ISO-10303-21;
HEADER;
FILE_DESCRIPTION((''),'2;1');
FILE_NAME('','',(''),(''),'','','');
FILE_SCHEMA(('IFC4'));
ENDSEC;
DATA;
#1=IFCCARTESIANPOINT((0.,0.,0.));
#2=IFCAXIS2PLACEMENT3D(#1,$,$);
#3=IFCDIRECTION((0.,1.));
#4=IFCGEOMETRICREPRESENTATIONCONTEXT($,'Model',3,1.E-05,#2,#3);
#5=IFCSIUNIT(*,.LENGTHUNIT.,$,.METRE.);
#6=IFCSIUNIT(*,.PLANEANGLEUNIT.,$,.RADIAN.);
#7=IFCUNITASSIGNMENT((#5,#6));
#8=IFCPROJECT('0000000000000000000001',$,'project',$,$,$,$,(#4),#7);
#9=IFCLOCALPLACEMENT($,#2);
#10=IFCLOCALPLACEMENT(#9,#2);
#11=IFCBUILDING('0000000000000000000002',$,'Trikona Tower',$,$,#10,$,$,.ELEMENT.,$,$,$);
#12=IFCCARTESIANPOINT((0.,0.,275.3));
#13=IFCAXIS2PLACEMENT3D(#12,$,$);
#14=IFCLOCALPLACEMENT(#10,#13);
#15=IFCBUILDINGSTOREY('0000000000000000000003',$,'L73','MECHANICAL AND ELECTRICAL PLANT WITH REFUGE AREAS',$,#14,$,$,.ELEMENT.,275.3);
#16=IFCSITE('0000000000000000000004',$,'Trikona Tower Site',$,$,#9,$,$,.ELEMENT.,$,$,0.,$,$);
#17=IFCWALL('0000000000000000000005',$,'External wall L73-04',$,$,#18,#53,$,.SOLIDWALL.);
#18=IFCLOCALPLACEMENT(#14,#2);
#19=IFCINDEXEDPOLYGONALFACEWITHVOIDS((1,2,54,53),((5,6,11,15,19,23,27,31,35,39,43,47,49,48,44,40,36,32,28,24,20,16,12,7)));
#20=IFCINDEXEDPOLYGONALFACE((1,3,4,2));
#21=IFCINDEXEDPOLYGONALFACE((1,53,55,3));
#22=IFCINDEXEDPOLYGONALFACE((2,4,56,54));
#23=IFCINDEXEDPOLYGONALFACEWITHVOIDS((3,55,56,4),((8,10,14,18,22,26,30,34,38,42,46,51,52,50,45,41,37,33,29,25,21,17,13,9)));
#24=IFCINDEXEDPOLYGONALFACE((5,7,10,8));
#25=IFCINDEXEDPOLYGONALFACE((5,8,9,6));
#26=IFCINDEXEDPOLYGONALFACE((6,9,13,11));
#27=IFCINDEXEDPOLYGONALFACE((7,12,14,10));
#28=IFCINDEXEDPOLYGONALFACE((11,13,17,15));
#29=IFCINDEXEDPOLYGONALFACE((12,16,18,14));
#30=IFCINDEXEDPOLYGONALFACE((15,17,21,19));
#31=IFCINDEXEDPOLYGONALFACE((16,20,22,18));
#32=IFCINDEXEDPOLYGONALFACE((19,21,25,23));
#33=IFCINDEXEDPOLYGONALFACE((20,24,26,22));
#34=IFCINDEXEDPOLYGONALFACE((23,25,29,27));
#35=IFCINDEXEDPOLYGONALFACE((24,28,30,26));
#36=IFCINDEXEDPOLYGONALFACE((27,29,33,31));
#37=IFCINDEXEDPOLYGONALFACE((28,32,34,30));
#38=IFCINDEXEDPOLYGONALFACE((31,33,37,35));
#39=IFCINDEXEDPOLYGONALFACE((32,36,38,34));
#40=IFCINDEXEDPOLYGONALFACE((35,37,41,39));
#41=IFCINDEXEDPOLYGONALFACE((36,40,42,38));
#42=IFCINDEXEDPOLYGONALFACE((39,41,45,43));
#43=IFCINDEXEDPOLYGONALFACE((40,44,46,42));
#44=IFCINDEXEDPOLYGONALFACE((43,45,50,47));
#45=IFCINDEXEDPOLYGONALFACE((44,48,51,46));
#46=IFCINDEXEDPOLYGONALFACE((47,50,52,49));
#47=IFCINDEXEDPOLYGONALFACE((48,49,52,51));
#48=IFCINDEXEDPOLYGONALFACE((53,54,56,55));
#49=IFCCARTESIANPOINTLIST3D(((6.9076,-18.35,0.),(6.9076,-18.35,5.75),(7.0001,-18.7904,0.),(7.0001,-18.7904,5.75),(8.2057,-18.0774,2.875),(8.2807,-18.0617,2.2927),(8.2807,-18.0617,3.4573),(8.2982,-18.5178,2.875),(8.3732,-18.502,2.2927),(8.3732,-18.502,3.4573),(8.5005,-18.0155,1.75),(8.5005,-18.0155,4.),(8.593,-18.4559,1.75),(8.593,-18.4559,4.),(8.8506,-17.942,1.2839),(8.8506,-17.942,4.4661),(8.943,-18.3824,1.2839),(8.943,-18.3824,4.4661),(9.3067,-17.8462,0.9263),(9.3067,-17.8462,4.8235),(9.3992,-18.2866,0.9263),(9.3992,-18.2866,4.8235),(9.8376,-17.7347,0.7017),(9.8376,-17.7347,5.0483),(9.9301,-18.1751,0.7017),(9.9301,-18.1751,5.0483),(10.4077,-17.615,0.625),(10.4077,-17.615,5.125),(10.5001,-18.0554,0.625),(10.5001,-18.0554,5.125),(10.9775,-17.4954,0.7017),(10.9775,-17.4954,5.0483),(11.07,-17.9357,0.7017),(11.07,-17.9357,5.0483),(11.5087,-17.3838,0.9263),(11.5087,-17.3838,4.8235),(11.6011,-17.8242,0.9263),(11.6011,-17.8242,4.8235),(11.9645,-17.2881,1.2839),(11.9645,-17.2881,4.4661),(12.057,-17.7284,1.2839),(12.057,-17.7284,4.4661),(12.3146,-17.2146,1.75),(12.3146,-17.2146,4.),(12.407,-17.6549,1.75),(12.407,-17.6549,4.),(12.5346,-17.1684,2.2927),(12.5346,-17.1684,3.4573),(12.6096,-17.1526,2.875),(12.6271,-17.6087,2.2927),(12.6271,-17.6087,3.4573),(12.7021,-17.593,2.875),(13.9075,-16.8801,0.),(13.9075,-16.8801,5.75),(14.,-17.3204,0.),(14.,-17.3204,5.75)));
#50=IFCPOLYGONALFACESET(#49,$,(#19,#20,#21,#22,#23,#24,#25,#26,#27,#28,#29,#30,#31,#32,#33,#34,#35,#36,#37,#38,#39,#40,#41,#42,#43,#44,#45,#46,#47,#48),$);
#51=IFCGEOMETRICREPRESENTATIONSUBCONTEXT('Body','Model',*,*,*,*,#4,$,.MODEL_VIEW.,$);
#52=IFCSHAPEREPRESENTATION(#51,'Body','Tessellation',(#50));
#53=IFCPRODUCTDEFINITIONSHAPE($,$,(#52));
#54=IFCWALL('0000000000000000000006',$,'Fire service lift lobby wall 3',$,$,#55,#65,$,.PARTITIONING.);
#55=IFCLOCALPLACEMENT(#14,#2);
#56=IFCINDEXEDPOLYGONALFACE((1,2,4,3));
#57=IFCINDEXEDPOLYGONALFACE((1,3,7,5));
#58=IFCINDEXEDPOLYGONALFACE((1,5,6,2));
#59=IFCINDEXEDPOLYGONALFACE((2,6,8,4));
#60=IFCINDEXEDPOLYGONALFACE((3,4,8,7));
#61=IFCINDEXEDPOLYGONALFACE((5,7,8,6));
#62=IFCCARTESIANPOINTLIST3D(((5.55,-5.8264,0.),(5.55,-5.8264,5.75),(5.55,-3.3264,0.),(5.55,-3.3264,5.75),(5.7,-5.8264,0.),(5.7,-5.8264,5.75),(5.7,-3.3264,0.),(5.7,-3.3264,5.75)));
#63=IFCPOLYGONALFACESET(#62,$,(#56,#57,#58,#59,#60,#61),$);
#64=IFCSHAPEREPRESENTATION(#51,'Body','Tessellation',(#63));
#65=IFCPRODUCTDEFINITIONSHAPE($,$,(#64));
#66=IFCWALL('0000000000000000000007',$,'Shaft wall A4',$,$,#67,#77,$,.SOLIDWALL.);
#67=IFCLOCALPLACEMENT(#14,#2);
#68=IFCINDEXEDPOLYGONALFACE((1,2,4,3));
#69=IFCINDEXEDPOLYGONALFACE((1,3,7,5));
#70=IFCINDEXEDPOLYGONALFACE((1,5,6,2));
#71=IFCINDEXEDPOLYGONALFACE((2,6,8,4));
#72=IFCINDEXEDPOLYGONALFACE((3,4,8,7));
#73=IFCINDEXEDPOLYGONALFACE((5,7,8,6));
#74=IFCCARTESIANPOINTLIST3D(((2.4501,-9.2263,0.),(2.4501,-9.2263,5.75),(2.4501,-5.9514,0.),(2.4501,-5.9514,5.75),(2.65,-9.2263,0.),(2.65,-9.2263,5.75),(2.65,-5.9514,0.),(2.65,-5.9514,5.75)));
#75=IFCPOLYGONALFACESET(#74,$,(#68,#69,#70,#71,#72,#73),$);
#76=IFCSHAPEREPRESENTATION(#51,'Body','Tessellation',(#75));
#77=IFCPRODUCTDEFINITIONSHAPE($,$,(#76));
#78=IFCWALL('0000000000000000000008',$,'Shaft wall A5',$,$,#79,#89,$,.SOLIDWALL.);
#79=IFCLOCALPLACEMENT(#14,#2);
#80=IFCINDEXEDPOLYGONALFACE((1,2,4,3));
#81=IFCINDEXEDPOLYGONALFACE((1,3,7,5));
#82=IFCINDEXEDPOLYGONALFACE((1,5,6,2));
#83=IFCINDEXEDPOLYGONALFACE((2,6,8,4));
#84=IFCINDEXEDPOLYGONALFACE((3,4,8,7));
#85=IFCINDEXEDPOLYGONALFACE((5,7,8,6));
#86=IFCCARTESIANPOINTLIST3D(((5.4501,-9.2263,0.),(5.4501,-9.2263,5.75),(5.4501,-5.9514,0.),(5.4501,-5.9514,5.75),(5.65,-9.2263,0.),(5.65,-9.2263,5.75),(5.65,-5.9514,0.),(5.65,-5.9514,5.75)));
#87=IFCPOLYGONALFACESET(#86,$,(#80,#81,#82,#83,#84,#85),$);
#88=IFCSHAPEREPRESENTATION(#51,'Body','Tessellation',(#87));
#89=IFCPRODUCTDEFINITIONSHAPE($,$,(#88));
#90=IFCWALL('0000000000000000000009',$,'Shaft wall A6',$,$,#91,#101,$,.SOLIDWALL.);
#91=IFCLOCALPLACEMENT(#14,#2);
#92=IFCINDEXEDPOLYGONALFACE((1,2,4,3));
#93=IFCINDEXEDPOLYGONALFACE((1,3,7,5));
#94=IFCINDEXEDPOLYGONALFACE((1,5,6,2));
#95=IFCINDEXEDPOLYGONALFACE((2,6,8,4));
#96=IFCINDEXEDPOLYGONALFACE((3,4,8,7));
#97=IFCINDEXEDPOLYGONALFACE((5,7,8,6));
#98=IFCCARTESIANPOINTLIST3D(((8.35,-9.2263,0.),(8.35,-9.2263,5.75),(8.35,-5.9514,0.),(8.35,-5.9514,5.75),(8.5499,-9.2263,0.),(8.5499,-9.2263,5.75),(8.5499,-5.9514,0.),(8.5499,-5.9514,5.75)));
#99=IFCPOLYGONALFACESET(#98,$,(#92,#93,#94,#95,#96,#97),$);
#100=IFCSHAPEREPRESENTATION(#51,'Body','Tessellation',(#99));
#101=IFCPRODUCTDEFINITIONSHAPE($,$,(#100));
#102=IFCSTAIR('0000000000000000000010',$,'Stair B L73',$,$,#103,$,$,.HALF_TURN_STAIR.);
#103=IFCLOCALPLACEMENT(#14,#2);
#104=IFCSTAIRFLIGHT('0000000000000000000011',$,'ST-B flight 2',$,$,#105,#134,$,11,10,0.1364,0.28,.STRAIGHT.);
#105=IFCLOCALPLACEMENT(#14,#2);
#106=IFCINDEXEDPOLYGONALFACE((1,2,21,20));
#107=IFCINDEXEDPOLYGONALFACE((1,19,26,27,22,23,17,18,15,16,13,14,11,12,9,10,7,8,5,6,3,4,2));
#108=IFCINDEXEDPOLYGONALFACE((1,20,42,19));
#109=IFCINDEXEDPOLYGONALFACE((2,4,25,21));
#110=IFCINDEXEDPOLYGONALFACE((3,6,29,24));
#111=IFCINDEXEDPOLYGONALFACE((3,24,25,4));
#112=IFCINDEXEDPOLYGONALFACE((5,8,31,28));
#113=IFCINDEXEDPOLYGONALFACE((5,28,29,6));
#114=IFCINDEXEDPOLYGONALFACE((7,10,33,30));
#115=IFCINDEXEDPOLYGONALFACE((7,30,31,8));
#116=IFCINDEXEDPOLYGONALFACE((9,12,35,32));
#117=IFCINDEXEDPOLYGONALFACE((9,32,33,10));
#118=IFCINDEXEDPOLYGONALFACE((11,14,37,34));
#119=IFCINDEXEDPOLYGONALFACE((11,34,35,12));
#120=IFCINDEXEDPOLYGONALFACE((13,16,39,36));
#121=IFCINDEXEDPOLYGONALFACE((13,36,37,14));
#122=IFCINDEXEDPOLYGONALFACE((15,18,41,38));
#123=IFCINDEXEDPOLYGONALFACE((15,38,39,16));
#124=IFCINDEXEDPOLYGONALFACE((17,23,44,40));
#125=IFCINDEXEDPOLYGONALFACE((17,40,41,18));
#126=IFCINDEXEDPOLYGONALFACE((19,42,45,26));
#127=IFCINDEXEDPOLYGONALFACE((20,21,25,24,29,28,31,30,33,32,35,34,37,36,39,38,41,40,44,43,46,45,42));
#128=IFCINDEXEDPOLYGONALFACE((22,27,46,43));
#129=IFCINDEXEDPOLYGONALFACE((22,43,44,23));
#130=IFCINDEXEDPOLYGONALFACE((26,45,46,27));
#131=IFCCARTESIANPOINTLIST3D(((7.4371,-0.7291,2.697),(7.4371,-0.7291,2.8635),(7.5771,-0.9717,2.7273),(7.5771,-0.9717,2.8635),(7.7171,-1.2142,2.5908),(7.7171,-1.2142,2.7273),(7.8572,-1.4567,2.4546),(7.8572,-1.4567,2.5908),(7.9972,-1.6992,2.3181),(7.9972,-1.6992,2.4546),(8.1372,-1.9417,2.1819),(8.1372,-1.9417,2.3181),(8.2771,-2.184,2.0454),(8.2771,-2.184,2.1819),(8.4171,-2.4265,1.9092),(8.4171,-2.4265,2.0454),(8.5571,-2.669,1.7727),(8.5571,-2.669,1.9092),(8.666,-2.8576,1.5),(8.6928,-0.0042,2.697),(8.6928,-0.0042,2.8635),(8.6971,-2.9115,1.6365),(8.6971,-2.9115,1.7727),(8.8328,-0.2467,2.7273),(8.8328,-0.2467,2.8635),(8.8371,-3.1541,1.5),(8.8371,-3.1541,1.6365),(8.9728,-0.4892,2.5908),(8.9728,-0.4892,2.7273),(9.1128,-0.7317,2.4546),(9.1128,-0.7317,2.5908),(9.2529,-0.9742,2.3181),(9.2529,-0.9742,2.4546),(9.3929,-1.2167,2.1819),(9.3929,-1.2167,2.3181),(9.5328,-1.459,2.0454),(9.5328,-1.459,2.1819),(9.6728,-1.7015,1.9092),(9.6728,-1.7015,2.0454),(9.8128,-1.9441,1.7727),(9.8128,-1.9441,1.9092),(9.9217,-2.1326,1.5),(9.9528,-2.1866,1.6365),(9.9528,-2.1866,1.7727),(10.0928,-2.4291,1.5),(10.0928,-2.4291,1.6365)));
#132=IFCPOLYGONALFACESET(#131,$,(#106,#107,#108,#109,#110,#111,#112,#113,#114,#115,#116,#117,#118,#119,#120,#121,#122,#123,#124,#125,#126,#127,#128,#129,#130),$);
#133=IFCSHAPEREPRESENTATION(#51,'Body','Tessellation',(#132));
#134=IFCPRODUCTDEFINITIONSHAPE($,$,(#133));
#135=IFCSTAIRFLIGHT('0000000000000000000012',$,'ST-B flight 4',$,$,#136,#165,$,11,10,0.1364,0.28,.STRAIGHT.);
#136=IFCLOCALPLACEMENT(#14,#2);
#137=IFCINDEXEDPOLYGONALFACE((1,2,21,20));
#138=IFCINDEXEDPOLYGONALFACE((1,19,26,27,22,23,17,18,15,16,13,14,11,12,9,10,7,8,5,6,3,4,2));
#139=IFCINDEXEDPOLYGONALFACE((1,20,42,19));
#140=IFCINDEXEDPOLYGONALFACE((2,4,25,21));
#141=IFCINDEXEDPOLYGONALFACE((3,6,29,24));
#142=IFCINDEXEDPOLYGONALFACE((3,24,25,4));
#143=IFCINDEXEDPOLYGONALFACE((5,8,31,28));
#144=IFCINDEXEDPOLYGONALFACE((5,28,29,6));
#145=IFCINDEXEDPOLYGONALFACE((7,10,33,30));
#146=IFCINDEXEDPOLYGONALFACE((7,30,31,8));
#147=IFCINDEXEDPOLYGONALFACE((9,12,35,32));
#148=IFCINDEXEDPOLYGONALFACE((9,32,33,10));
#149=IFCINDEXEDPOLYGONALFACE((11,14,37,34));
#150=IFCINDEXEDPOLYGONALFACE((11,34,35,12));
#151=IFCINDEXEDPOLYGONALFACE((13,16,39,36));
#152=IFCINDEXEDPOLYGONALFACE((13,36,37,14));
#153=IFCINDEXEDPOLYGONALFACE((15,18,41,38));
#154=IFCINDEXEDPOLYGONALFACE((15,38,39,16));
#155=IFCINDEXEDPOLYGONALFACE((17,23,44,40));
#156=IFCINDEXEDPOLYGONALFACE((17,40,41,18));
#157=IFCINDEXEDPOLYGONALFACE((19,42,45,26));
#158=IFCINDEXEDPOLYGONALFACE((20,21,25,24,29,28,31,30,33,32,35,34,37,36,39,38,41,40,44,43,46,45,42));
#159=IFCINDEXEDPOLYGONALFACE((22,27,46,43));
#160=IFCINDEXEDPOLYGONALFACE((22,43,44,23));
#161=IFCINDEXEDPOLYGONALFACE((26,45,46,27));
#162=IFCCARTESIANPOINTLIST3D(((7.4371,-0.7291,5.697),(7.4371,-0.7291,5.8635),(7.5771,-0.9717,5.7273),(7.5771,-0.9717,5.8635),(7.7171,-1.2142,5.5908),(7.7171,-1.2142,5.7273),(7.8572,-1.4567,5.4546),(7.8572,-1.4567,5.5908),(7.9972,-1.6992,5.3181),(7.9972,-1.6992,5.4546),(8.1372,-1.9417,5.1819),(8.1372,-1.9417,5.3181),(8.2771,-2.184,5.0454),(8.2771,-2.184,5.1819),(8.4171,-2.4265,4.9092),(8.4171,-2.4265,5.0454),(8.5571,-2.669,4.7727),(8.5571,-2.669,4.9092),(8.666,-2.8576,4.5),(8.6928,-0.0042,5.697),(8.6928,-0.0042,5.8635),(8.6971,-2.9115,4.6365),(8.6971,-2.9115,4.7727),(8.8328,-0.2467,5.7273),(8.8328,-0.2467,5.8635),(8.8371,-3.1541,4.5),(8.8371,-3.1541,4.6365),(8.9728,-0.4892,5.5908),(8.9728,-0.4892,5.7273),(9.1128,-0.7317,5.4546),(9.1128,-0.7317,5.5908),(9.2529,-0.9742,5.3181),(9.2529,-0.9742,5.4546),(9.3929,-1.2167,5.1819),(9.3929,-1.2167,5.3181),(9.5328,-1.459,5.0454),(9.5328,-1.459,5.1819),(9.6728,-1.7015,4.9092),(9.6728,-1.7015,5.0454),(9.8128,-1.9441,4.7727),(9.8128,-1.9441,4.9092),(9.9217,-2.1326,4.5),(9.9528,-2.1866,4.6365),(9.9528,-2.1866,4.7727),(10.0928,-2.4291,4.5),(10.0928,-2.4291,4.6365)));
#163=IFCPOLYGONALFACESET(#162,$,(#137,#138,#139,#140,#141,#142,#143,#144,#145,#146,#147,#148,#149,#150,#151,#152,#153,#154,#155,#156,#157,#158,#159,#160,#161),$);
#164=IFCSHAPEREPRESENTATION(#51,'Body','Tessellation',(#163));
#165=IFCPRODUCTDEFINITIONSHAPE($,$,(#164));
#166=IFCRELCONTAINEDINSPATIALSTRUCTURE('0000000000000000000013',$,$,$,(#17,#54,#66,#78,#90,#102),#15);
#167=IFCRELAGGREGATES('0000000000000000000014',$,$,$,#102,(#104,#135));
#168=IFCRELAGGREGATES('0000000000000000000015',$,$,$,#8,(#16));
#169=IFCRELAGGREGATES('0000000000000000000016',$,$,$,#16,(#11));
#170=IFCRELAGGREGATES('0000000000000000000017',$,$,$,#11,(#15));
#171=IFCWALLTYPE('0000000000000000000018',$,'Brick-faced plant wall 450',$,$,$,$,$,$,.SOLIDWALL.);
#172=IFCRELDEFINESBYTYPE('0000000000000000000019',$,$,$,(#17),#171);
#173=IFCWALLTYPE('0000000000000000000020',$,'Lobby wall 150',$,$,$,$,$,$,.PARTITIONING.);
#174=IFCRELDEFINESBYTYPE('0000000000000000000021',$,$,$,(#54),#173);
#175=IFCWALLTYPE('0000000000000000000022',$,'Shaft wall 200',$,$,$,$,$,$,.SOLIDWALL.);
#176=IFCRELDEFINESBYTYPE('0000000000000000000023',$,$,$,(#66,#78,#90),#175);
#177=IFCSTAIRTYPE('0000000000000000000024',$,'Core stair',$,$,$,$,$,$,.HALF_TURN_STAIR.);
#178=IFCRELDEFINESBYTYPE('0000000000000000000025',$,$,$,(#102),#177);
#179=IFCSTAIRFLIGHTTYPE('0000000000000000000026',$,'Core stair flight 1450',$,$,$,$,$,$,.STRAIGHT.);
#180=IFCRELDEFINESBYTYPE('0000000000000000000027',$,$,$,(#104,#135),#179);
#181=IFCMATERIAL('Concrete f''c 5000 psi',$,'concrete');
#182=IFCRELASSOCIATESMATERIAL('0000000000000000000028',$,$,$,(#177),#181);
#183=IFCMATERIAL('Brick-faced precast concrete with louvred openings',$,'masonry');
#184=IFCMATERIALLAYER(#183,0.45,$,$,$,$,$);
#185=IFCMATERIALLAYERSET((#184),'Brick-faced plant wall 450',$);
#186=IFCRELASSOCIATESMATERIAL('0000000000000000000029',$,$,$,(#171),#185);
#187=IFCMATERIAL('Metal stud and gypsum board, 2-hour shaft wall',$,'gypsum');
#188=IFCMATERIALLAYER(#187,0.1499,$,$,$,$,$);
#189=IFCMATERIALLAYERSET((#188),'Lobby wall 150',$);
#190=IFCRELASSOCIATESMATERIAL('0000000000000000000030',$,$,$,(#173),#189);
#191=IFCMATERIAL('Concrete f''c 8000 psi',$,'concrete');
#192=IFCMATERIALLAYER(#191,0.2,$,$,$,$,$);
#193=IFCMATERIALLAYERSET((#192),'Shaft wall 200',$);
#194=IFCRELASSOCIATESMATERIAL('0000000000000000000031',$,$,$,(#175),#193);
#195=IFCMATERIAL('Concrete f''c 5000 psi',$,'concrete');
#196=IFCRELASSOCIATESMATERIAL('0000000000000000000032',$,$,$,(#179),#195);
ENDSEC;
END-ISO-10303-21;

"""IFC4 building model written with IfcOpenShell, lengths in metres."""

from ifc_helpers import new_model, si_unit, direction, frame, frame_2d, origin, place, context, subcontext, project, spatial, polyline, rectangle, outline, extrude, material, layer, layer_set, type_object, element, aggregate, save


model = new_model("IFC4")

# Units and contexts
model_context = context("Model", 3, precision=1e-05, world=origin(), true_north=direction((0.0, 1.0)))
body_context = subcontext(model_context, "Body", "Model", "MODEL_VIEW")
ifc_project = project(units=[si_unit("LENGTHUNIT", "METRE"), si_unit("PLANEANGLEUNIT", "RADIAN")], contexts=[model_context])

# Site, building, storey
site_placement = place(None, origin())
site = spatial("IfcSite", under=ifc_project, at=site_placement, Name="Trikona Tower Site", CompositionType="ELEMENT", RefElevation=0.0)
building_placement = place(site_placement, origin())
building = spatial("IfcBuilding", under=site, at=building_placement, Name="Trikona Tower", CompositionType="ELEMENT")
storey_placement = place(building_placement, frame((0.0, 0.0, 275.3)))
storey = spatial("IfcBuildingStorey", under=building, at=storey_placement, Name="L73", Description="MECHANICAL AND ELECTRICAL PLANT WITH REFUGE AREAS", CompositionType="ELEMENT", Elevation=275.3)

# Shared definitions
ifc_material_1 = material(Name="Concrete f'c 5000 psi", Category="concrete")
stair_type = type_object("IfcStairType", Name="Core stair", PredefinedType="HALF_TURN_STAIR", material=ifc_material_1)

# Walls
ifc_material_2 = material(Name="Brick-faced precast concrete with louvred openings", Category="masonry")
ifc_layer_1 = layer(ifc_material_2, 0.45)
ifc_layer_set_1 = layer_set([ifc_layer_1], Name="Brick-faced plant wall 450")
wall_type_1 = type_object("IfcWallType", Name="Brick-faced plant wall 450", PredefinedType="SOLIDWALL", material=ifc_layer_set_1)
wall_1_placement = place(storey_placement, frame((6.9539, -18.5703, 0.0), z_axis=(0.0, 0.0, 1.0), x_axis=(0.978654, 0.205513, 0.0)))
element("IfcWall", 1, at=wall_1_placement, inside=storey, type_object=wall_type_1, Name="External wall L73-04", PredefinedType="SOLIDWALL", context=body_context, shape_type="SweptSolid", body=[
    extrude(outline(polyline([(0.0, 0.0), (7.1526, 0.0), (7.1526, 5.75), (0.0, 5.75), (0.0, 0.0)]), holes=[polyline([(5.8264, 2.875), (5.7498, 3.4573), (5.5249, 4.0), (5.1672, 4.4661), (4.7014, 4.8235), (4.1587, 5.0483), (3.5764, 5.125), (2.9939, 5.0483), (2.4514, 4.8235), (1.9854, 4.4661), (1.6277, 4.0), (1.4031, 3.4573), (1.3264, 2.875), (1.4031, 2.2927), (1.6277, 1.75), (1.9854, 1.2839), (2.4514, 0.9263), (2.9939, 0.7017), (3.5764, 0.625), (4.1587, 0.7017), (4.7014, 0.9263), (5.1672, 1.2839), (5.5249, 1.75), (5.7498, 2.2927), (5.8264, 2.875)])]), frame((0.0, 0.2251, 0.0), z_axis=(0.0, -1.0, 0.0), x_axis=(1.0, 0.0, 0.0)), (0.0, 0.0, 1.0), 0.45),
])
ifc_material_3 = material(Name="Metal stud and gypsum board, 2-hour shaft wall", Category="gypsum")
ifc_layer_2 = layer(ifc_material_3, 0.1499)
ifc_layer_set_2 = layer_set([ifc_layer_2], Name="Lobby wall 150")
wall_type_2 = type_object("IfcWallType", Name="Lobby wall 150", PredefinedType="PARTITIONING", material=ifc_layer_set_2)
wall_2_placement = place(storey_placement, frame((5.625, -5.8264, 0.0), z_axis=(0.0, 0.0, 1.0), x_axis=(0.0, 1.0, 0.0)))
element("IfcWall", 2, at=wall_2_placement, inside=storey, type_object=wall_type_2, Name="Fire service lift lobby wall 3", PredefinedType="PARTITIONING", context=body_context, shape_type="SweptSolid", body=[
    extrude(rectangle(XDim=2.5, YDim=0.1499, at=frame_2d((1.25, 0.0))), origin(), (0.0, 0.0, 1.0), 5.75),
])
ifc_material_4 = material(Name="Concrete f'c 8000 psi", Category="concrete")
ifc_layer_3 = layer(ifc_material_4, 0.2)
ifc_layer_set_3 = layer_set([ifc_layer_3], Name="Shaft wall 200")
wall_type_3 = type_object("IfcWallType", Name="Shaft wall 200", PredefinedType="SOLIDWALL", material=ifc_layer_set_3)
for number, where, z_axis, x_axis, name in (
    (3, (2.55, -5.9514, 0.0), (0.0, 0.0, 1.0), (0.0, -1.0, 0.0), "Shaft wall A4"),
    (4, (5.55, -5.9514, 0.0), (0.0, 0.0, 1.0), (0.0, -1.0, 0.0), "Shaft wall A5"),
    (5, (8.45, -5.9514, 0.0), (0.0, 0.0, 1.0), (0.0, -1.0, 0.0), "Shaft wall A6"),
):
    element("IfcWall", number, at=place(storey_placement, frame(where, z_axis=z_axis, x_axis=x_axis)), inside=storey, type_object=wall_type_3, Name=name, PredefinedType="SOLIDWALL", context=body_context, shape_type="SweptSolid", body=[
        extrude(rectangle(XDim=3.2749, YDim=0.2, at=frame_2d((1.6375, 0.0))), origin(), (0.0, 0.0, 1.0), 5.75),
    ])

# Stair, stair flights
stair_1_placement = place(storey_placement, origin())
stair_1 = element("IfcStair", 6, at=stair_1_placement, inside=storey, type_object=stair_type, Name="Stair B L73", PredefinedType="HALF_TURN_STAIR")
ifc_material_5 = material(Name="Concrete f'c 5000 psi", Category="concrete")
stair_flight_type = type_object("IfcStairFlightType", Name="Core stair flight 1450", PredefinedType="STRAIGHT", material=ifc_material_5)
stair_flight_1_placement = place(storey_placement, frame((9.4651, -2.7915, 1.5), z_axis=(0.0, 0.0, 1.0), x_axis=(-0.5, 0.866025, 0.0)))
stair_flight_1 = element("IfcStairFlight", 7, at=stair_flight_1_placement, type_object=stair_flight_type, Name="ST-B flight 2", NumberOfRisers=11, NumberOfTreads=10, PredefinedType="STRAIGHT", RiserHeight=0.1364, TreadLength=0.28, context=body_context, shape_type="SweptSolid", body=[
    extrude(outline(polyline([(0.0, 0.0), (0.0, 0.1365), (0.28, 0.1365), (0.28, 0.2727), (0.5601, 0.2727), (0.5601, 0.4092), (0.8401, 0.4092), (0.8401, 0.5454), (1.1201, 0.5454), (1.1201, 0.6819), (1.3999, 0.6819), (1.3999, 0.8181), (1.6799, 0.8181), (1.6799, 0.9546), (1.96, 0.9546), (1.96, 1.0908), (2.24, 1.0908), (2.24, 1.2273), (2.52, 1.2273), (2.52, 1.3635), (2.8, 1.3635), (2.8, 1.5), (2.8, 1.197), (0.3423, 0.0), (0.0, 0.0)])), frame((0.0, 0.7251, 0.0), z_axis=(0.0, -1.0, 0.0), x_axis=(1.0, 0.0, 0.0)), (0.0, 0.0, 1.0), 1.45),
])
stair_flight_2_placement = place(storey_placement, frame((9.4651, -2.7915, 4.5), z_axis=(0.0, 0.0, 1.0), x_axis=(-0.5, 0.866025, 0.0)))
stair_flight_2 = element("IfcStairFlight", 8, at=stair_flight_2_placement, type_object=stair_flight_type, Name="ST-B flight 4", NumberOfRisers=11, NumberOfTreads=10, PredefinedType="STRAIGHT", RiserHeight=0.1364, TreadLength=0.28, context=body_context, shape_type="SweptSolid", body=[
    extrude(outline(polyline([(0.0, 0.0), (0.0, 0.1365), (0.28, 0.1365), (0.28, 0.2727), (0.5601, 0.2727), (0.5601, 0.4092), (0.8401, 0.4092), (0.8401, 0.5454), (1.1201, 0.5454), (1.1201, 0.6819), (1.3999, 0.6819), (1.3999, 0.8181), (1.6799, 0.8181), (1.6799, 0.9546), (1.96, 0.9546), (1.96, 1.0908), (2.24, 1.0908), (2.24, 1.2273), (2.52, 1.2273), (2.52, 1.3635), (2.8, 1.3635), (2.8, 1.5), (2.8, 1.197), (0.3423, 0.0), (0.0, 0.0)])), frame((0.0, 0.7251, 0.0), z_axis=(0.0, -1.0, 0.0), x_axis=(1.0, 0.0, 0.0)), (0.0, 0.0, 1.0), 1.45),
])
aggregate(stair_1, [stair_flight_1, stair_flight_2])

save(model, "model.ifc")
